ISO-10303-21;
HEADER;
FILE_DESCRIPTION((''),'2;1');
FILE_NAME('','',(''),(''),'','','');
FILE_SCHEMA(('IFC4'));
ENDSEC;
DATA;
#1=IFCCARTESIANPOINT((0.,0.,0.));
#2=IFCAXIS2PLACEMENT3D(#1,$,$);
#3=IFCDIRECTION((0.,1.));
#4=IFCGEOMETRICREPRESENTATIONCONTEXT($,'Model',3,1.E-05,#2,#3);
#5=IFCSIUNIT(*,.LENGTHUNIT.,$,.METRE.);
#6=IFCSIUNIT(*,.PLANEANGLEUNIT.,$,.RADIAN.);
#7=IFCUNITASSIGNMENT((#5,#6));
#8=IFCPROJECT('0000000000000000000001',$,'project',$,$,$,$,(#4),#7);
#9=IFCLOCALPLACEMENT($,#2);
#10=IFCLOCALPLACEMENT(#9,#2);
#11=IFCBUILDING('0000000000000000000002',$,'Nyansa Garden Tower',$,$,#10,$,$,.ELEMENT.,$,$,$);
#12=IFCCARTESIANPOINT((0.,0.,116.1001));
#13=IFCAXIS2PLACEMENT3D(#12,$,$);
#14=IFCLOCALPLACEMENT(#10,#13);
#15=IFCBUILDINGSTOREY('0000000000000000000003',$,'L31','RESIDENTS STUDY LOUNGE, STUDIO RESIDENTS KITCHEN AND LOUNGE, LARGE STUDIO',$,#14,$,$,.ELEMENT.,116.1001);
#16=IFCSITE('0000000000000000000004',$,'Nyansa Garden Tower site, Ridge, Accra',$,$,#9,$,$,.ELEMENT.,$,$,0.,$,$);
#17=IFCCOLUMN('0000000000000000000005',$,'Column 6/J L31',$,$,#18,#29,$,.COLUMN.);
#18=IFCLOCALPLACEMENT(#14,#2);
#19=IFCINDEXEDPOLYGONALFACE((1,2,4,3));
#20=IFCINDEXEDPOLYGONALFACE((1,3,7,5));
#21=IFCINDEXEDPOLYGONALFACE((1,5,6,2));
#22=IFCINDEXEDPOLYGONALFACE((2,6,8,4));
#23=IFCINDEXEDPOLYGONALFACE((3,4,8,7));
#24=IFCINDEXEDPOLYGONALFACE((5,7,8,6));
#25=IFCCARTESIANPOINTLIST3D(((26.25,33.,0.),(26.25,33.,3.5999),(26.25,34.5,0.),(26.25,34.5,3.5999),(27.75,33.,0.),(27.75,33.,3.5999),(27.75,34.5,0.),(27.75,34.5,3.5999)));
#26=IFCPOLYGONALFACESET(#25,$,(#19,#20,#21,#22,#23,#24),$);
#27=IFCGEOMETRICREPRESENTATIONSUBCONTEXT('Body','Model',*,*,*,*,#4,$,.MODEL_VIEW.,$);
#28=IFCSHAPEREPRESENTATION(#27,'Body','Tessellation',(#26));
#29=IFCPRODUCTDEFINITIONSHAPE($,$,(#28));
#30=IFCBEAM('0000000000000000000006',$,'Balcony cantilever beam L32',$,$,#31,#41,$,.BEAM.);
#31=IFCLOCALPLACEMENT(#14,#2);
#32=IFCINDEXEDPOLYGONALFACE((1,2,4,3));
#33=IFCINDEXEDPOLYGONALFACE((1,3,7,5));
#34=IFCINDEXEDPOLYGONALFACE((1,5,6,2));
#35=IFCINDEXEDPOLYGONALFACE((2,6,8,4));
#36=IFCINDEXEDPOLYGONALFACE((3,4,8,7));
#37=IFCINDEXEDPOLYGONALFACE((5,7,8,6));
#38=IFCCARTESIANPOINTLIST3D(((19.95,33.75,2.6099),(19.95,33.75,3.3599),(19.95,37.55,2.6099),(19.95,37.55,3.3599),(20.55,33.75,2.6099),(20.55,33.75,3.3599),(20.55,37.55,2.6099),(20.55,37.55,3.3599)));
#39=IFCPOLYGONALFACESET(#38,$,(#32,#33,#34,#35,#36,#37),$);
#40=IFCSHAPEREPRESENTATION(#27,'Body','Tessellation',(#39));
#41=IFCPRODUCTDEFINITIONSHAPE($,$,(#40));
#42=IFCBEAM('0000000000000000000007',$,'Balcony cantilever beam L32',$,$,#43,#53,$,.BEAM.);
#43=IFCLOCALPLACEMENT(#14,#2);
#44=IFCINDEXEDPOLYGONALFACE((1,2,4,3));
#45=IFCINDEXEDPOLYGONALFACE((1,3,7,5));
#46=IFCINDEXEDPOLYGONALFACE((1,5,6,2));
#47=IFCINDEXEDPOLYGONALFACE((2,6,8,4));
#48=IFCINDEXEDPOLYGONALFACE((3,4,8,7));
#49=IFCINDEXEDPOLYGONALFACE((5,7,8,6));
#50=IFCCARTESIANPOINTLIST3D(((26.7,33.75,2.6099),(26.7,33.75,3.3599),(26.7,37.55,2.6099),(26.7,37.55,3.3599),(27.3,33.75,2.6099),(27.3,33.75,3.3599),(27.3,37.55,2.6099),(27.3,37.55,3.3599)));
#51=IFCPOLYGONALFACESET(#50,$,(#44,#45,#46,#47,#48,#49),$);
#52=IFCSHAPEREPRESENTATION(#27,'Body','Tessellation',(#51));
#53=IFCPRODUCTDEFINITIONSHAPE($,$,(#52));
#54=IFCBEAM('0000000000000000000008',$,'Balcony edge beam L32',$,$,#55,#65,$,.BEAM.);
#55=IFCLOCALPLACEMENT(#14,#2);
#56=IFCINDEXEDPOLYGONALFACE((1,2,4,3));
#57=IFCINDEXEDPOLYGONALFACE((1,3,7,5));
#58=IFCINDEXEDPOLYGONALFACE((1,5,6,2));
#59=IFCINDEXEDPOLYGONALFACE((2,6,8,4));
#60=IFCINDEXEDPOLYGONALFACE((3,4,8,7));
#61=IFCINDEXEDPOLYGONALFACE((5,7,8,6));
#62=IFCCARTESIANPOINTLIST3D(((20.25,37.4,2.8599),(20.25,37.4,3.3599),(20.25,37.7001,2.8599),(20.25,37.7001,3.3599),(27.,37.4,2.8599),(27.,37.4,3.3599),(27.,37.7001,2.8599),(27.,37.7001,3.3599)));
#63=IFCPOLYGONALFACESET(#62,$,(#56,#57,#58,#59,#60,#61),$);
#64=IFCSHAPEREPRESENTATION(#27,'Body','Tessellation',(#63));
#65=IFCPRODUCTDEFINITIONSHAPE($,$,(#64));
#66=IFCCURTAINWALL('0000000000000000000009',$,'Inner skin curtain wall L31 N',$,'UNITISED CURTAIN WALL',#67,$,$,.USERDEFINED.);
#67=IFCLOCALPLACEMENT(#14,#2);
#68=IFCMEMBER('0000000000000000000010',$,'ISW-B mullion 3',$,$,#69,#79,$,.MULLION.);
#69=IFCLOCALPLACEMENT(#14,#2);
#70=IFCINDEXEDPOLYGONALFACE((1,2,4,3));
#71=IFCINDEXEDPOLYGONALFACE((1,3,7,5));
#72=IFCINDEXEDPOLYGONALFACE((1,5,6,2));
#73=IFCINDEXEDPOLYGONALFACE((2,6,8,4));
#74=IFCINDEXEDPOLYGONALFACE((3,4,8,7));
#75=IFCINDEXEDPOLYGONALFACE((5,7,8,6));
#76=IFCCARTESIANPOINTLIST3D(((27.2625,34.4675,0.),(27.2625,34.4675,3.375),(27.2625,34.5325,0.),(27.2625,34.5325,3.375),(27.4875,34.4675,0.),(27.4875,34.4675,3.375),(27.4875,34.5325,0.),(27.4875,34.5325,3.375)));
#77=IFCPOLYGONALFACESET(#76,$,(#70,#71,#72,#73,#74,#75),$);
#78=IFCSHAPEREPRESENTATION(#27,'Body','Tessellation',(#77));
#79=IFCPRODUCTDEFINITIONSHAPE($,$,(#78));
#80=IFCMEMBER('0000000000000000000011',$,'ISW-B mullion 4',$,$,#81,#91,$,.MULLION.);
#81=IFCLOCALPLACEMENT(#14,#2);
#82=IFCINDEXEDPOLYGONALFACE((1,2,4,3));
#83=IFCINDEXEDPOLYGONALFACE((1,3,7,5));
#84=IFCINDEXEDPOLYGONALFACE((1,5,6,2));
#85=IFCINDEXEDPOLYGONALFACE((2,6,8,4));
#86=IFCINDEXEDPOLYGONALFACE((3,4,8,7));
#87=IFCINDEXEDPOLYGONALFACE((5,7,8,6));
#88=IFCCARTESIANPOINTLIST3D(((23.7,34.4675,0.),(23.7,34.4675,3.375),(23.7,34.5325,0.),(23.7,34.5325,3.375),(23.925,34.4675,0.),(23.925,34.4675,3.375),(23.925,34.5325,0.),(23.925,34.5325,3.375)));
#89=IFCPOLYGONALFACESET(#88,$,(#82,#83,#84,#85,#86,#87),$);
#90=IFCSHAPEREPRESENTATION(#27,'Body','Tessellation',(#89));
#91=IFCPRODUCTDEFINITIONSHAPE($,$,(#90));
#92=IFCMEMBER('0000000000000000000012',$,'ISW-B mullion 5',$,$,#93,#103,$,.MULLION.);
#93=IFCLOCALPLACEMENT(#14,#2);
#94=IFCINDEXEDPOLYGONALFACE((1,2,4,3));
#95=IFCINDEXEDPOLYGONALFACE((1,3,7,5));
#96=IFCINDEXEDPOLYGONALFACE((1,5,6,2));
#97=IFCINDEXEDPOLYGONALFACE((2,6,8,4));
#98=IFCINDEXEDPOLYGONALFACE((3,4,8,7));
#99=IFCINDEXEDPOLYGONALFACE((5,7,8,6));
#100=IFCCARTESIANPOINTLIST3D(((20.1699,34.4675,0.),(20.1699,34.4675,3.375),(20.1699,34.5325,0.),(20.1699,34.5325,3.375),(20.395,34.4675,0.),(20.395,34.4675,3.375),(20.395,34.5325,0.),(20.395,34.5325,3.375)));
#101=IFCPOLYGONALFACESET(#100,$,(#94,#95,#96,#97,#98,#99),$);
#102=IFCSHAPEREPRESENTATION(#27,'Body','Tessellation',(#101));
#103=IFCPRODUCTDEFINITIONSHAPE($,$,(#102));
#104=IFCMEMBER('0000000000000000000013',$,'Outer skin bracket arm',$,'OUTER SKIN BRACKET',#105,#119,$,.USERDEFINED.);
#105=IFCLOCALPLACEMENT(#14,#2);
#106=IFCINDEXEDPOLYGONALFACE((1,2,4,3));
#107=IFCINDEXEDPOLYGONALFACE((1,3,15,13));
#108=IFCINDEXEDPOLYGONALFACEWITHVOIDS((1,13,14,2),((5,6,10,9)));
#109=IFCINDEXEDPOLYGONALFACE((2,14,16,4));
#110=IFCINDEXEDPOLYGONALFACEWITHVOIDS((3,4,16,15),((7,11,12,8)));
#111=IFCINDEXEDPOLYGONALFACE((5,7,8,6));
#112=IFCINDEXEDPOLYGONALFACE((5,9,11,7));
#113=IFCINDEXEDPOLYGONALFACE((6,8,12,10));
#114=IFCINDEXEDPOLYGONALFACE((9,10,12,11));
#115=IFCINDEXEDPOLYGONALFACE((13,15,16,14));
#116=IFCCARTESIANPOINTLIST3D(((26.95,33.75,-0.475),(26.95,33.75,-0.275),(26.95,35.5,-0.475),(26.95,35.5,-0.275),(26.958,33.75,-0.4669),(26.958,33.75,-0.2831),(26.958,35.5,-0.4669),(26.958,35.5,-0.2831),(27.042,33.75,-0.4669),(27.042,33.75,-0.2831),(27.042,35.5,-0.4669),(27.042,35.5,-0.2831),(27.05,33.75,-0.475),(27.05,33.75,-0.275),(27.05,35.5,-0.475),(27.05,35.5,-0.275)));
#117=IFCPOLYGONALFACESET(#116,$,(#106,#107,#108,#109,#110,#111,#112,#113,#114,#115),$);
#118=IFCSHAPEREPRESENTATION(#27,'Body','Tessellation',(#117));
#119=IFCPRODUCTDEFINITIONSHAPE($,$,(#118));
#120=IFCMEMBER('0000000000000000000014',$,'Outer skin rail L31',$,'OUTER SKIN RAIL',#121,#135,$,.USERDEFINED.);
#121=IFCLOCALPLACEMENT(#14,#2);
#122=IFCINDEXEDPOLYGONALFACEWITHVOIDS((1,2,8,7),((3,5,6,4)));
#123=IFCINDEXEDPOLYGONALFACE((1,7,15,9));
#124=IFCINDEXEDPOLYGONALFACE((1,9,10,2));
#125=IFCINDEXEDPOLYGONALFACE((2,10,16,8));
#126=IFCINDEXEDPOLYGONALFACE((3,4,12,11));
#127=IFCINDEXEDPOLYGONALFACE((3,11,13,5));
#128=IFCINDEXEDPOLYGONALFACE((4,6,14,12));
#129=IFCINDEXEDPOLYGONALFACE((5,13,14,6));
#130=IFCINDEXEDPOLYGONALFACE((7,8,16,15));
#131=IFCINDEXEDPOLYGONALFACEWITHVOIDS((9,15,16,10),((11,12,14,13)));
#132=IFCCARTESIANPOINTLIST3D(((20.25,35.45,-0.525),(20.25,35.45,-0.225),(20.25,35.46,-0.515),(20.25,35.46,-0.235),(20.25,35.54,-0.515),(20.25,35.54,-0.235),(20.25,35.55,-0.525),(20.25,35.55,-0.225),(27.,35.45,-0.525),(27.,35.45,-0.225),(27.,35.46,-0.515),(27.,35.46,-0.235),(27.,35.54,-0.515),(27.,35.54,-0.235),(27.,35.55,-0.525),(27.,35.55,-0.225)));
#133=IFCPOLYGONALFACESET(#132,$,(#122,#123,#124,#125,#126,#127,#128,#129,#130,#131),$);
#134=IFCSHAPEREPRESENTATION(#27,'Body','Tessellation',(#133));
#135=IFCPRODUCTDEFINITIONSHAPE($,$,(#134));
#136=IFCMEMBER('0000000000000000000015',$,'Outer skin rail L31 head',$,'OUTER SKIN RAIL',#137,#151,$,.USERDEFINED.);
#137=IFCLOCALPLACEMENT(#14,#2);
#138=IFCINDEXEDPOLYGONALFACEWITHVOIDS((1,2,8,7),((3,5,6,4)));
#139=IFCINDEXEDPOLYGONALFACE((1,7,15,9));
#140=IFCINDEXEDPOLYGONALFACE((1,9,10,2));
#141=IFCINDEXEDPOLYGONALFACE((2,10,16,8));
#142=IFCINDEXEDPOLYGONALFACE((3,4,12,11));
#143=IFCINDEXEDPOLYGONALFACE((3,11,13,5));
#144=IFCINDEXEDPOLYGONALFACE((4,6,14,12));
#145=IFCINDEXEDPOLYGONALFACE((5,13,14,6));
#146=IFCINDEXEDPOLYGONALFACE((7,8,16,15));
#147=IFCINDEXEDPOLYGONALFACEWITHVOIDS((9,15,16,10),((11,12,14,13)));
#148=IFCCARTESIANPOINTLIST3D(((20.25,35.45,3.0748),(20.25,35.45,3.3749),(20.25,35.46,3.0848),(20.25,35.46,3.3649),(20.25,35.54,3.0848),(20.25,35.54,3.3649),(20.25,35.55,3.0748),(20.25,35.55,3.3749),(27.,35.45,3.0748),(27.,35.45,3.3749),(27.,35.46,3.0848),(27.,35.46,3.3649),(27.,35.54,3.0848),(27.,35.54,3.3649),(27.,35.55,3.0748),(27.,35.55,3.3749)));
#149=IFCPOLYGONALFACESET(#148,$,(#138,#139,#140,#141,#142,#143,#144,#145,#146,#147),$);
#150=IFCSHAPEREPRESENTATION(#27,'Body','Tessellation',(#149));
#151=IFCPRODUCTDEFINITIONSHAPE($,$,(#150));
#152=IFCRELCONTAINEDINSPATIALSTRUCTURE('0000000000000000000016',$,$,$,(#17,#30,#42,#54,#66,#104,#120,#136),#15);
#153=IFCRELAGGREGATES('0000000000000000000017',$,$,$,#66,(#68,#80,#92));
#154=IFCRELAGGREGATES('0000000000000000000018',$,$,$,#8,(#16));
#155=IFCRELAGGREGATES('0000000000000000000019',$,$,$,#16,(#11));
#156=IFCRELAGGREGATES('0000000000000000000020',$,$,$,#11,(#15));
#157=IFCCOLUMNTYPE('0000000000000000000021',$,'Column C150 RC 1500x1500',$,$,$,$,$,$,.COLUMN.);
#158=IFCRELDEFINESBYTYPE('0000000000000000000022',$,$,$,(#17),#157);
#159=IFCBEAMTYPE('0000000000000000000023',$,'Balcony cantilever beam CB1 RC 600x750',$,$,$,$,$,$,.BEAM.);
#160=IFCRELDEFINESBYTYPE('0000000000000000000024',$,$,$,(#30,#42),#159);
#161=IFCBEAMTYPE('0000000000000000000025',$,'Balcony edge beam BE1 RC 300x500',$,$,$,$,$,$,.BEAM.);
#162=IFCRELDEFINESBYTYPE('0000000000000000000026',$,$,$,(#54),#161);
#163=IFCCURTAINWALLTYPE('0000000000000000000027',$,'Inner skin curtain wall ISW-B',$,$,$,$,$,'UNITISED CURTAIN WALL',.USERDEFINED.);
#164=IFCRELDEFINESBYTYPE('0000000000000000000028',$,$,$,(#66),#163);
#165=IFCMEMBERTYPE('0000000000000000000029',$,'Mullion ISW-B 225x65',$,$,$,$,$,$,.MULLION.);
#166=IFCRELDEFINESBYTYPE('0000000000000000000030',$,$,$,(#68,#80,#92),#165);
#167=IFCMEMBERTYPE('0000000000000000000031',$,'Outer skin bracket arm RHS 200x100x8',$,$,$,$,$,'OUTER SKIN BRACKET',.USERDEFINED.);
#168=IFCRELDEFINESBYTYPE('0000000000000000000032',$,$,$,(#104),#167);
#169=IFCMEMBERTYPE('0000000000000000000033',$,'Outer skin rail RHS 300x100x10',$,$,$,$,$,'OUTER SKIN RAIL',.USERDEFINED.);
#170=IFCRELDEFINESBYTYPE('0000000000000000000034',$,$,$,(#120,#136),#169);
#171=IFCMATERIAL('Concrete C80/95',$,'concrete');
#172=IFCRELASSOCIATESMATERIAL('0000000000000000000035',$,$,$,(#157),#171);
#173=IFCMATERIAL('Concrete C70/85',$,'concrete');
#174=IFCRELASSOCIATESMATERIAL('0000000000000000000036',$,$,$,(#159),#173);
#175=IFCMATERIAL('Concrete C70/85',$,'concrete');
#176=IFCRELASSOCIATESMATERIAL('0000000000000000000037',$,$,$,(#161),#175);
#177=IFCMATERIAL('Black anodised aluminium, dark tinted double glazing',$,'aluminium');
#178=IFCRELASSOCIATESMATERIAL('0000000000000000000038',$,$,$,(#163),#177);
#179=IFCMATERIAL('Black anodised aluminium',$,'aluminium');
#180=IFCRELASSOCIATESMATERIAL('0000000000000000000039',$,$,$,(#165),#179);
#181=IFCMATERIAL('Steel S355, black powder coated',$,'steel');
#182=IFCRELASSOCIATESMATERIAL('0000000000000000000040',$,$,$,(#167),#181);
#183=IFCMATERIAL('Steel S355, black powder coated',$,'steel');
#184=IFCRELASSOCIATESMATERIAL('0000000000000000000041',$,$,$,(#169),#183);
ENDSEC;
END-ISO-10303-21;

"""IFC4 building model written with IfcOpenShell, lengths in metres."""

from ifc_helpers import new_model, si_unit, direction, frame, origin, origin_2d, place, context, subcontext, project, spatial, rectangle, hollow_rectangle, extrude, material, material_profile, profile_set, type_object, element, aggregate, save


model = new_model("IFC4")

# Units and contexts
model_context = context("Model", 3, precision=1e-05, world=origin(), true_north=direction((0.0, 1.0)))
body_context = subcontext(model_context, "Body", "Model", "MODEL_VIEW")
ifc_project = project(units=[si_unit("LENGTHUNIT", "METRE"), si_unit("PLANEANGLEUNIT", "RADIAN")], contexts=[model_context])

# Site, building, storey
site_placement = place(None, origin())
site = spatial("IfcSite", under=ifc_project, at=site_placement, Name="Nyansa Garden Tower site, Ridge, Accra", CompositionType="ELEMENT", RefElevation=0.0)
building_placement = place(site_placement, origin())
building = spatial("IfcBuilding", under=site, at=building_placement, Name="Nyansa Garden Tower", CompositionType="ELEMENT")
storey_placement = place(building_placement, frame((0.0, 0.0, 116.1001)))
storey = spatial("IfcBuildingStorey", under=building, at=storey_placement, Name="L31", Description="RESIDENTS STUDY LOUNGE, STUDIO RESIDENTS KITCHEN AND LOUNGE, LARGE STUDIO", CompositionType="ELEMENT", Elevation=116.1001)

# Column
ifc_material_1 = material(Name="Concrete C80/95", Category="concrete")
ifc_material_profile_1 = material_profile(ifc_material_1, rectangle(XDim=1.5, YDim=1.5, at=origin_2d()), Name="RC 1500x1500")
ifc_profile_set_1 = profile_set([ifc_material_profile_1], Name="Concrete C80/95")
column_type = type_object("IfcColumnType", Name="Column C150 RC 1500x1500", PredefinedType="COLUMN", material=ifc_profile_set_1)
column_placement = place(storey_placement, frame((27.0, 33.75, 0.0), z_axis=(0.0, 0.0, 1.0), x_axis=(1.0, 0.0, 0.0)))
element("IfcColumn", 1, at=column_placement, inside=storey, type_object=column_type, Name="Column 6/J L31", PredefinedType="COLUMN", context=body_context, shape_type="SweptSolid", body=[
    extrude(rectangle(XDim=1.5, YDim=1.5, at=origin_2d()), origin(), (0.0, 0.0, 1.0), 3.5999),
])

# Beams
ifc_material_2 = material(Name="Concrete C70/85", Category="concrete")
ifc_material_profile_2 = material_profile(ifc_material_2, rectangle(XDim=0.6001, YDim=0.75, at=origin_2d()), Name="RC 600x750")
ifc_profile_set_2 = profile_set([ifc_material_profile_2], Name="Concrete C70/85")
beam_type_1 = type_object("IfcBeamType", Name="Balcony cantilever beam CB1 RC 600x750", PredefinedType="BEAM", material=ifc_profile_set_2)
for number, where, z_axis, x_axis, name in (
    (2, (20.25, 33.75, 2.9849), (0.0, 1.0, 0.0), (-1.0, 0.0, 0.0), "Balcony cantilever beam L32"),
    (3, (27.0, 33.75, 2.9849), (0.0, 1.0, 0.0), (-1.0, 0.0, 0.0), "Balcony cantilever beam L32"),
):
    element("IfcBeam", number, at=place(storey_placement, frame(where, z_axis=z_axis, x_axis=x_axis)), inside=storey, type_object=beam_type_1, Name=name, PredefinedType="BEAM", context=body_context, shape_type="SweptSolid", body=[
        extrude(rectangle(XDim=0.6001, YDim=0.75, at=origin_2d()), origin(), (0.0, 0.0, 1.0), 3.8),
    ])
ifc_material_3 = material(Name="Concrete C70/85", Category="concrete")
ifc_material_profile_3 = material_profile(ifc_material_3, rectangle(XDim=0.3, YDim=0.5, at=origin_2d()), Name="RC 300x500")
ifc_profile_set_3 = profile_set([ifc_material_profile_3], Name="Concrete C70/85")
beam_type_2 = type_object("IfcBeamType", Name="Balcony edge beam BE1 RC 300x500", PredefinedType="BEAM", material=ifc_profile_set_3)
beam_1_placement = place(storey_placement, frame((20.25, 37.55, 3.1099), z_axis=(1.0, 0.0, 0.0), x_axis=(0.0, 1.0, 0.0)))
element("IfcBeam", 4, at=beam_1_placement, inside=storey, type_object=beam_type_2, Name="Balcony edge beam L32", PredefinedType="BEAM", context=body_context, shape_type="SweptSolid", body=[
    extrude(rectangle(XDim=0.3, YDim=0.5, at=origin_2d()), origin(), (0.0, 0.0, 1.0), 6.75),
])

# Curtain wall, members
ifc_material_4 = material(Name="Black anodised aluminium, dark tinted double glazing", Category="aluminium")
curtain_wall_type = type_object("IfcCurtainWallType", Name="Inner skin curtain wall ISW-B", ElementType="UNITISED CURTAIN WALL", PredefinedType="USERDEFINED", material=ifc_material_4)
curtain_wall_placement = place(storey_placement, origin())
curtain_wall = element("IfcCurtainWall", 5, at=curtain_wall_placement, inside=storey, type_object=curtain_wall_type, Name="Inner skin curtain wall L31 N", ObjectType="UNITISED CURTAIN WALL", PredefinedType="USERDEFINED")
ifc_material_5 = material(Name="Black anodised aluminium", Category="aluminium")
ifc_material_profile_4 = material_profile(ifc_material_5, rectangle(XDim=0.0649, YDim=0.2251, at=origin_2d()), Name="Mullion 225x65")
ifc_profile_set_4 = profile_set([ifc_material_profile_4], Name="Black anodised aluminium")
member_type_1 = type_object("IfcMemberType", Name="Mullion ISW-B 225x65", PredefinedType="MULLION", material=ifc_profile_set_4)
member_1_placement = place(storey_placement, frame((27.375, 34.5, 0.0), z_axis=(0.0, 0.0, 1.0), x_axis=(0.0, -1.0, 0.0)))
member_1 = element("IfcMember", 6, at=member_1_placement, type_object=member_type_1, Name="ISW-B mullion 3", PredefinedType="MULLION", context=body_context, shape_type="SweptSolid", body=[
    extrude(rectangle(XDim=0.0649, YDim=0.2251, at=origin_2d()), origin(), (0.0, 0.0, 1.0), 3.375),
])
member_2_placement = place(storey_placement, frame((23.8125, 34.5, 0.0), z_axis=(0.0, 0.0, 1.0), x_axis=(0.0, -1.0, 0.0)))
member_2 = element("IfcMember", 7, at=member_2_placement, type_object=member_type_1, Name="ISW-B mullion 4", PredefinedType="MULLION", context=body_context, shape_type="SweptSolid", body=[
    extrude(rectangle(XDim=0.0649, YDim=0.2251, at=origin_2d()), origin(), (0.0, 0.0, 1.0), 3.375),
])
member_3_placement = place(storey_placement, frame((20.2825, 34.5, 0.0), z_axis=(0.0, 0.0, 1.0), x_axis=(0.0, -1.0, 0.0)))
member_3 = element("IfcMember", 8, at=member_3_placement, type_object=member_type_1, Name="ISW-B mullion 5", PredefinedType="MULLION", context=body_context, shape_type="SweptSolid", body=[
    extrude(rectangle(XDim=0.0649, YDim=0.2251, at=origin_2d()), origin(), (0.0, 0.0, 1.0), 3.375),
])

# Members
ifc_material_6 = material(Name="Steel S355, black powder coated", Category="steel")
ifc_material_profile_5 = material_profile(ifc_material_6, hollow_rectangle(XDim=0.1001, YDim=0.2, WallThickness=0.0081, at=origin_2d()), Name="RHS 200x100x8")
ifc_profile_set_5 = profile_set([ifc_material_profile_5], Name="Steel S355, black powder coated")
member_type_2 = type_object("IfcMemberType", Name="Outer skin bracket arm RHS 200x100x8", ElementType="OUTER SKIN BRACKET", PredefinedType="USERDEFINED", material=ifc_profile_set_5)
member_4_placement = place(storey_placement, frame((27.0, 33.75, -0.375), z_axis=(0.0, 1.0, 0.0), x_axis=(-1.0, 0.0, 0.0)))
element("IfcMember", 9, at=member_4_placement, inside=storey, type_object=member_type_2, Name="Outer skin bracket arm", ObjectType="OUTER SKIN BRACKET", PredefinedType="USERDEFINED", context=body_context, shape_type="SweptSolid", body=[
    extrude(hollow_rectangle(XDim=0.1001, YDim=0.2, WallThickness=0.0081, at=origin_2d()), origin(), (0.0, 0.0, 1.0), 1.75),
])
ifc_material_7 = material(Name="Steel S355, black powder coated", Category="steel")
ifc_material_profile_6 = material_profile(ifc_material_7, hollow_rectangle(XDim=0.1001, YDim=0.3, WallThickness=0.01, at=origin_2d()), Name="RHS 300x100x10")
ifc_profile_set_6 = profile_set([ifc_material_profile_6], Name="Steel S355, black powder coated")
member_type_3 = type_object("IfcMemberType", Name="Outer skin rail RHS 300x100x10", ElementType="OUTER SKIN RAIL", PredefinedType="USERDEFINED", material=ifc_profile_set_6)
for number, where, z_axis, x_axis, name in (
    (10, (20.25, 35.5, -0.375), (1.0, 0.0, 0.0), (0.0, 1.0, 0.0), "Outer skin rail L31"),
    (11, (20.25, 35.5, 3.2249), (1.0, 0.0, 0.0), (0.0, 1.0, 0.0), "Outer skin rail L31 head"),
):
    element("IfcMember", number, at=place(storey_placement, frame(where, z_axis=z_axis, x_axis=x_axis)), inside=storey, type_object=member_type_3, Name=name, ObjectType="OUTER SKIN RAIL", PredefinedType="USERDEFINED", context=body_context, shape_type="SweptSolid", body=[
        extrude(hollow_rectangle(XDim=0.1001, YDim=0.3, WallThickness=0.01, at=origin_2d()), origin(), (0.0, 0.0, 1.0), 6.75),
    ])

aggregate(curtain_wall, [member_1, member_2, member_3])

save(model, "model.ifc")
